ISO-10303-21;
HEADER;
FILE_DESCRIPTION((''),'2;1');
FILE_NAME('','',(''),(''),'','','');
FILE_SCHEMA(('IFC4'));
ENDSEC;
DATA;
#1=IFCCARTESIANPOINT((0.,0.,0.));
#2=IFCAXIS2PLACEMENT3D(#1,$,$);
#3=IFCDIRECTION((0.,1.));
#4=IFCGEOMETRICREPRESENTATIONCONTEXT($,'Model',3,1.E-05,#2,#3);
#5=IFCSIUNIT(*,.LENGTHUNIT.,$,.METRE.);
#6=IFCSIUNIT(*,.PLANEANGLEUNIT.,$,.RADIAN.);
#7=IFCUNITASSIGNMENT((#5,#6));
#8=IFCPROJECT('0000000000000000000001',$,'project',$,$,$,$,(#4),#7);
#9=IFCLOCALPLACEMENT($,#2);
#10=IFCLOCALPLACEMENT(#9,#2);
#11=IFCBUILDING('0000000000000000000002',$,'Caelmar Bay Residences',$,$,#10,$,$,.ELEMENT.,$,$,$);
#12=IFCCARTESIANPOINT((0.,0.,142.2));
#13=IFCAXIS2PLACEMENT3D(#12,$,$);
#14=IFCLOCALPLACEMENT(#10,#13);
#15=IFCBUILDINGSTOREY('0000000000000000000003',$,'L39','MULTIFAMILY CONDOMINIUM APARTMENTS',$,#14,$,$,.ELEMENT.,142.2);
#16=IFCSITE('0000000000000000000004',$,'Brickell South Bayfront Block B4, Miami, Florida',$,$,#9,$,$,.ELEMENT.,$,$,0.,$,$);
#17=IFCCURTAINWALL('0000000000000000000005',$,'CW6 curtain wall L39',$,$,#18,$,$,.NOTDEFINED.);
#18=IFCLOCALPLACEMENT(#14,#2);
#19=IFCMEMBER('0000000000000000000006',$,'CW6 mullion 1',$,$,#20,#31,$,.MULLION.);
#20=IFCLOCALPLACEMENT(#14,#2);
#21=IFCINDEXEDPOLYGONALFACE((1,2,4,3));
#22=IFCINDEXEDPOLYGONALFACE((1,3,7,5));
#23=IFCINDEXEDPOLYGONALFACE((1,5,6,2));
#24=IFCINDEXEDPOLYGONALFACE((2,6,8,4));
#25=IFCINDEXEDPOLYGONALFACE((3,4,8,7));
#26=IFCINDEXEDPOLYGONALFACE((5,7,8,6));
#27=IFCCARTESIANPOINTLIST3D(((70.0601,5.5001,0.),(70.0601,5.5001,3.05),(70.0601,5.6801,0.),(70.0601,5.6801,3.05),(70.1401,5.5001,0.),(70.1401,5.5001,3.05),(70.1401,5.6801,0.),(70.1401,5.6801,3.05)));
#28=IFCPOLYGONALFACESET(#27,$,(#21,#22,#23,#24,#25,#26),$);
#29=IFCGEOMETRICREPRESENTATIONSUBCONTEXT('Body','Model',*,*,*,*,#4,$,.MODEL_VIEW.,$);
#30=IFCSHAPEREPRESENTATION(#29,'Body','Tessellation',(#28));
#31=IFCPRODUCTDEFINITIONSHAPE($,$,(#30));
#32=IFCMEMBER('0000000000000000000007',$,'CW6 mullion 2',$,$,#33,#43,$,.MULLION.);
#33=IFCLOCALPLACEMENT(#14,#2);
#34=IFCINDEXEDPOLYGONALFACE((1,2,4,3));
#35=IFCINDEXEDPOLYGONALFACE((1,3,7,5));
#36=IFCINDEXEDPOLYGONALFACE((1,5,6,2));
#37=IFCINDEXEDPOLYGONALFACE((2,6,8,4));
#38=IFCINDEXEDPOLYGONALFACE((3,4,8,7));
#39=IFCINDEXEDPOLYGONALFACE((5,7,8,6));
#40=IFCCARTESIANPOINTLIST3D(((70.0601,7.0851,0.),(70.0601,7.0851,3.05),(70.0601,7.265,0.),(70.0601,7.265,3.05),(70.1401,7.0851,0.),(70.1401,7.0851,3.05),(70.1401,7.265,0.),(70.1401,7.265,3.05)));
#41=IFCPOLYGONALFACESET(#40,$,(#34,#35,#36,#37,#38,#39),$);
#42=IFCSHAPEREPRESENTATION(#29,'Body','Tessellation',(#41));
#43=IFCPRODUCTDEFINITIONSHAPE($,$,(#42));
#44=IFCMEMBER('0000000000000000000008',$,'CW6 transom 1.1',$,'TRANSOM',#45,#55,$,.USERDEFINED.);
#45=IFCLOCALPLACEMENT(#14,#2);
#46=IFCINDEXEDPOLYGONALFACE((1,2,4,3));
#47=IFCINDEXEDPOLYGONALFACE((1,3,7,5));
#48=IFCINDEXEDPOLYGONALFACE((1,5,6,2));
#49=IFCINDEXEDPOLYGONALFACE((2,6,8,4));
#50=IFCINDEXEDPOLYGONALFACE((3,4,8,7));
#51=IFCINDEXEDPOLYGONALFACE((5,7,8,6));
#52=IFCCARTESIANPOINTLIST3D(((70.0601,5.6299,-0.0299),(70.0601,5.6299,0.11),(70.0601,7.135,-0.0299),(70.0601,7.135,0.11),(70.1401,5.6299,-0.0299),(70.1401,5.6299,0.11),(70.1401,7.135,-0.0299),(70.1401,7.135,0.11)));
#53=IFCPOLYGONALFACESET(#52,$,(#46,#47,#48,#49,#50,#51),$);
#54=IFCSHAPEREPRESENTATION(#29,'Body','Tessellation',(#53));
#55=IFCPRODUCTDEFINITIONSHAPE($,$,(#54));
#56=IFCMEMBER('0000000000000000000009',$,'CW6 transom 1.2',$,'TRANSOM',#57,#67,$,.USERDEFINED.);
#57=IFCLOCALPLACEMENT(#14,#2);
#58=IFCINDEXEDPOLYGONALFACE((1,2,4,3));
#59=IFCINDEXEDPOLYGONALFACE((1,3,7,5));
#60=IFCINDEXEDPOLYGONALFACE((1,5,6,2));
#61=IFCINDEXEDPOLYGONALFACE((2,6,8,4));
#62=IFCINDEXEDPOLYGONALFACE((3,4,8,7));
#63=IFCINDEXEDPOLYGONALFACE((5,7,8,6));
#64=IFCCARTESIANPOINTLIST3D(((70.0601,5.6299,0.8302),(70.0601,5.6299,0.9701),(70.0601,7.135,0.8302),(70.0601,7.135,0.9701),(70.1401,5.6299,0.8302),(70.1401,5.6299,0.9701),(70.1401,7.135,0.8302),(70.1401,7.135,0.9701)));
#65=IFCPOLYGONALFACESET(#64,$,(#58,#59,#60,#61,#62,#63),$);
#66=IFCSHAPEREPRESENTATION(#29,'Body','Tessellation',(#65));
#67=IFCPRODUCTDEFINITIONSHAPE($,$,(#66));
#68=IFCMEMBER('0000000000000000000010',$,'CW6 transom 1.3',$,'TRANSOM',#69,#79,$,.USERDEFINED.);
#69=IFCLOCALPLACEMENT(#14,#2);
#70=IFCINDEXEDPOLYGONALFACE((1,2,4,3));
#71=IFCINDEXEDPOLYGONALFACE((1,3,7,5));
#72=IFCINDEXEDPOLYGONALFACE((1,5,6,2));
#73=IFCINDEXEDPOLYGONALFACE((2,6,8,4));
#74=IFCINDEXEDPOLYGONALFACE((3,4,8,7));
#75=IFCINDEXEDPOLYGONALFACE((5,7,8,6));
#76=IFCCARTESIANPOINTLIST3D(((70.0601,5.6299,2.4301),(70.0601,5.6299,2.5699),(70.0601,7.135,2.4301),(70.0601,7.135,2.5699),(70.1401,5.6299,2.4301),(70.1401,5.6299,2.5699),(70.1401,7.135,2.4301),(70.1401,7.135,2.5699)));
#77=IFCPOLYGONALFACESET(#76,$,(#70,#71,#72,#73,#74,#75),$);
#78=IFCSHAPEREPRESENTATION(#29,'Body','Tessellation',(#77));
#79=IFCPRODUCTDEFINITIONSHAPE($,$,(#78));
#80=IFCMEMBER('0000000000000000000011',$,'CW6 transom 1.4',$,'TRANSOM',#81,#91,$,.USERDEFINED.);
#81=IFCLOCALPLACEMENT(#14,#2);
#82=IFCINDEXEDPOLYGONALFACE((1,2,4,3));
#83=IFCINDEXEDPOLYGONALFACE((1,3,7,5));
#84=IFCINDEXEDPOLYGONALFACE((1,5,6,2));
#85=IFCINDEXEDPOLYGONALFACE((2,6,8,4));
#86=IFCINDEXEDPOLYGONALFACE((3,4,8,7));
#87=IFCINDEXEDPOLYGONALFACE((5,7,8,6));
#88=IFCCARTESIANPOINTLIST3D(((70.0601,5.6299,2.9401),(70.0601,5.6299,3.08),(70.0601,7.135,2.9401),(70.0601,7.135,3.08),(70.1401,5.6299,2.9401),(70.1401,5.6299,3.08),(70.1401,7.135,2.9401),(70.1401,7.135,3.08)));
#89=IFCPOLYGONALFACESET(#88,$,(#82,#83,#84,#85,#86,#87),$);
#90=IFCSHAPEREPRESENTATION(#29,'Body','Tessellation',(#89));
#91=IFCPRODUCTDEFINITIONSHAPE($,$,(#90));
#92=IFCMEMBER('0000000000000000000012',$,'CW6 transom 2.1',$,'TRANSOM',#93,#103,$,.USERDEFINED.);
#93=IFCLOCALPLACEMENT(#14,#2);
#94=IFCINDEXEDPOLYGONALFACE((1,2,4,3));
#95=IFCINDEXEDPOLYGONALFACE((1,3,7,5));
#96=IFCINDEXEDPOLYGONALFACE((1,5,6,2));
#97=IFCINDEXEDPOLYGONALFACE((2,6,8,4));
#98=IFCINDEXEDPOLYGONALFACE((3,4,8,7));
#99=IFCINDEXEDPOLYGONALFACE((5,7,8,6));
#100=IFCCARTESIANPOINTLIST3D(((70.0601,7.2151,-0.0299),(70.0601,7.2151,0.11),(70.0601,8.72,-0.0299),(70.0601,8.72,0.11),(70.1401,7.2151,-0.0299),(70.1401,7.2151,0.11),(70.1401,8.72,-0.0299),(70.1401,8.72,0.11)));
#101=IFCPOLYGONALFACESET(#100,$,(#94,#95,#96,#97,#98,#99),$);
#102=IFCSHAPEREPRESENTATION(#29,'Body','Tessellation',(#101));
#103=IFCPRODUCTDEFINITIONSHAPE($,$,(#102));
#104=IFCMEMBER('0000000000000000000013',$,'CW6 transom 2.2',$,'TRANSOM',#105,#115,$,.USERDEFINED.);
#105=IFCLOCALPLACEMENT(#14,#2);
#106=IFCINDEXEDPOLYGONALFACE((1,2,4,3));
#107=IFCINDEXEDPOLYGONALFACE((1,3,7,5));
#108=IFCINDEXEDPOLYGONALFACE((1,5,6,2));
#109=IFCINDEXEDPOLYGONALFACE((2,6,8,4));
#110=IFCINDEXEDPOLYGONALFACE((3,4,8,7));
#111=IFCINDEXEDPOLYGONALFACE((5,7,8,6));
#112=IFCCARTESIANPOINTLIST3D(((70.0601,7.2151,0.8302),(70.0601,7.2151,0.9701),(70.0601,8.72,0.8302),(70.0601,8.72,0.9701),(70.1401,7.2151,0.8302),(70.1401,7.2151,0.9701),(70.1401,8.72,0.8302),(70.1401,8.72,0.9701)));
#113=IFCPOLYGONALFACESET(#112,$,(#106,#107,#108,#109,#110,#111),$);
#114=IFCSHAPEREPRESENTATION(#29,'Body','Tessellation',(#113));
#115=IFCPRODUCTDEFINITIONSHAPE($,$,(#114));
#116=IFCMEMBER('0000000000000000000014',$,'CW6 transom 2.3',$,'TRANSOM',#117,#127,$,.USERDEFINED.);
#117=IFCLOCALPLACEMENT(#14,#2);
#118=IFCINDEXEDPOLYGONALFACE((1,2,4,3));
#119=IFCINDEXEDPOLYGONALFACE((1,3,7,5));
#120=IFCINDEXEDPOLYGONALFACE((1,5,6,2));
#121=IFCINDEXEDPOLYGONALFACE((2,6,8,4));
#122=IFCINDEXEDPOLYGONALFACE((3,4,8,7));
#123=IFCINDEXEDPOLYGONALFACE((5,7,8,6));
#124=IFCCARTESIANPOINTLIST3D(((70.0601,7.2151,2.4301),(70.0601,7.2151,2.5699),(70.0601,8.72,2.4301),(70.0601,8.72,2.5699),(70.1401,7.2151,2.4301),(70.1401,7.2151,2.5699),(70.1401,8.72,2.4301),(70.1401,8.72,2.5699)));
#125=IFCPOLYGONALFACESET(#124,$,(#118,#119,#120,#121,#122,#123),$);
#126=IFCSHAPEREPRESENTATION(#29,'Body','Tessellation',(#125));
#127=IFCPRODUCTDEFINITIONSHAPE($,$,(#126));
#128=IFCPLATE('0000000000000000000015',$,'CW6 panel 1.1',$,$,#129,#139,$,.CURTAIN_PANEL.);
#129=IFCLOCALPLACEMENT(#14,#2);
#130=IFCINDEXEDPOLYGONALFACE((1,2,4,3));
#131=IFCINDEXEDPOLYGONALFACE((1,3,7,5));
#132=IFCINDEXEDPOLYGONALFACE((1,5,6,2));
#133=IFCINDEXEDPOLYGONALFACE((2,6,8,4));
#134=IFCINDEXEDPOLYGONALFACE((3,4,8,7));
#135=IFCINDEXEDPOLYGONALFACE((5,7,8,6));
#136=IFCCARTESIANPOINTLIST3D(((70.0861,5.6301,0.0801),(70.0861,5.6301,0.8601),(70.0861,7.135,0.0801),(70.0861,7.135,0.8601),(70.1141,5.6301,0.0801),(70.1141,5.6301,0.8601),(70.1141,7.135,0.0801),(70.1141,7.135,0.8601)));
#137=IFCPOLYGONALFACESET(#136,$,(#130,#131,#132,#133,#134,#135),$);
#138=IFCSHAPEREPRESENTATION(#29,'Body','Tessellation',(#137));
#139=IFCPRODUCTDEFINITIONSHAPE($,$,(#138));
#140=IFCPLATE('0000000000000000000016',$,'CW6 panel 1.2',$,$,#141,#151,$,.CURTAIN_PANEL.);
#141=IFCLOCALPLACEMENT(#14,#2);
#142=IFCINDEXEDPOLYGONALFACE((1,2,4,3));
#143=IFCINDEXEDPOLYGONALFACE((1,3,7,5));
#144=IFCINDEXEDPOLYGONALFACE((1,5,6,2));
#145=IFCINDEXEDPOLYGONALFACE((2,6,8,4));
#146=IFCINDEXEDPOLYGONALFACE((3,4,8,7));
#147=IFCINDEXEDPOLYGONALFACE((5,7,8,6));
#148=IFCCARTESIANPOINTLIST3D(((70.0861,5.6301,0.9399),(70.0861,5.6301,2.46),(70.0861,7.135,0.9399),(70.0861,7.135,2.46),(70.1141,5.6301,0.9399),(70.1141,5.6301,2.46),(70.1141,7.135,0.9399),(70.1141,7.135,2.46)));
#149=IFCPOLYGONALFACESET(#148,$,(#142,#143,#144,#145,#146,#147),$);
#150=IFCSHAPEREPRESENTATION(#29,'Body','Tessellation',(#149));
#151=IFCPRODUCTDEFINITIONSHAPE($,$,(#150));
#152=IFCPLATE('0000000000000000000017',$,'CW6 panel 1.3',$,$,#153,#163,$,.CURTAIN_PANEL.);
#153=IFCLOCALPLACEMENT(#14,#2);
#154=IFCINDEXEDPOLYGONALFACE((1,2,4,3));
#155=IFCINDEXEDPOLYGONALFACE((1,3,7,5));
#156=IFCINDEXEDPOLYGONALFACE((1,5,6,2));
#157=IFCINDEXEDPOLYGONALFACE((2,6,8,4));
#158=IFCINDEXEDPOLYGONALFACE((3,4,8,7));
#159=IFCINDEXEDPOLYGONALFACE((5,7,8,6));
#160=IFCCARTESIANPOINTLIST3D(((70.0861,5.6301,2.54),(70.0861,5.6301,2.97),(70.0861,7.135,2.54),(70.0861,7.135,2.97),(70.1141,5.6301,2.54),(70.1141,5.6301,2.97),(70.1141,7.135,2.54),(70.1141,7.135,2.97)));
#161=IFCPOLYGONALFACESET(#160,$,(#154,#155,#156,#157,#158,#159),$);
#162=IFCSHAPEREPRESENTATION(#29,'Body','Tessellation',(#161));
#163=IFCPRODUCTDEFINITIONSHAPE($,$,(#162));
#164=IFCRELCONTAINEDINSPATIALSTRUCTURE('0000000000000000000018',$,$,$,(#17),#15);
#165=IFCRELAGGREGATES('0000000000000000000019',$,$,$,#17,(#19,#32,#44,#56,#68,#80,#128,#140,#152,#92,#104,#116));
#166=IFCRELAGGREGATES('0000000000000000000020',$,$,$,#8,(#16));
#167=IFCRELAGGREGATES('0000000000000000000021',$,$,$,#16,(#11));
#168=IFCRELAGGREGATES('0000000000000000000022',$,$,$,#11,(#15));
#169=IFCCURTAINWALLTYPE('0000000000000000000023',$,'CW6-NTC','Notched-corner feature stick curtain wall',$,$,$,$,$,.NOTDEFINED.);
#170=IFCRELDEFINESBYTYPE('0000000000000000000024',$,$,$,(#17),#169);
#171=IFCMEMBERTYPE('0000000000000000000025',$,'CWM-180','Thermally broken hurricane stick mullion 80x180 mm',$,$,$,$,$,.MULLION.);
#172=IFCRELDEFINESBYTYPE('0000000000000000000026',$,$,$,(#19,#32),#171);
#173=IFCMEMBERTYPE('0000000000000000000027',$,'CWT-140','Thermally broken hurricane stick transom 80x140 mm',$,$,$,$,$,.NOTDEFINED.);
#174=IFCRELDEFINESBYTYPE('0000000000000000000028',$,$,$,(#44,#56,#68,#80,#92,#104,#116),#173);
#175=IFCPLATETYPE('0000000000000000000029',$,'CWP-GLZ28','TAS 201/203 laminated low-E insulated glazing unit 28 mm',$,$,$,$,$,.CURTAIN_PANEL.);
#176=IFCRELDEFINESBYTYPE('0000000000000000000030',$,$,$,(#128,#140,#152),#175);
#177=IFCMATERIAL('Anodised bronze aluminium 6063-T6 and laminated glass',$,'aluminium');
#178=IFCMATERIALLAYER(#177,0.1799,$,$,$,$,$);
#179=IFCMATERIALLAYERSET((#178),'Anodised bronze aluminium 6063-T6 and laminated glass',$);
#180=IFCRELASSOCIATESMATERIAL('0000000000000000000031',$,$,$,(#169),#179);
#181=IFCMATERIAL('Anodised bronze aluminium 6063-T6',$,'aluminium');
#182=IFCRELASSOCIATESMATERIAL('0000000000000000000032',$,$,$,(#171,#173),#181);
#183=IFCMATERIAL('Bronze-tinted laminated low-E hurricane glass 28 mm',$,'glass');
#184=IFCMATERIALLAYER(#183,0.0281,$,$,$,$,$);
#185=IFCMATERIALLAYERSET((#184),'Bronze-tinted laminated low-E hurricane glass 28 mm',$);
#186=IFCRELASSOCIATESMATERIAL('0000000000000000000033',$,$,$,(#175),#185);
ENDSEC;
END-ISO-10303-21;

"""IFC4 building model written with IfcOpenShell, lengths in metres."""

from ifc_helpers import new_model, si_unit, direction, frame, origin, origin_2d, place, context, subcontext, project, spatial, rectangle, extrude, material, layer, layer_set, material_profile, profile_set, type_object, element, aggregate, save


model = new_model("IFC4")

# Units and contexts
model_context = context("Model", 3, precision=1e-05, world=origin(), true_north=direction((0.0, 1.0)))
body_context = subcontext(model_context, "Body", "Model", "MODEL_VIEW")
ifc_project = project(units=[si_unit("LENGTHUNIT", "METRE"), si_unit("PLANEANGLEUNIT", "RADIAN")], contexts=[model_context])

# Site, building, storey
site_placement = place(None, origin())
site = spatial("IfcSite", under=ifc_project, at=site_placement, Name="Brickell South Bayfront Block B4, Miami, Florida", CompositionType="ELEMENT", RefElevation=0.0)
building_placement = place(site_placement, origin())
building = spatial("IfcBuilding", under=site, at=building_placement, Name="Caelmar Bay Residences", CompositionType="ELEMENT")
storey_placement = place(building_placement, frame((0.0, 0.0, 142.2)))
storey = spatial("IfcBuildingStorey", under=building, at=storey_placement, Name="L39", Description="MULTIFAMILY CONDOMINIUM APARTMENTS", CompositionType="ELEMENT", Elevation=142.2)

# Curtain wall, members, plates
ifc_material_1 = material(Name="Anodised bronze aluminium 6063-T6 and laminated glass", Category="aluminium")
ifc_layer_1 = layer(ifc_material_1, 0.1799)
ifc_layer_set_1 = layer_set([ifc_layer_1], Name="Anodised bronze aluminium 6063-T6 and laminated glass")
curtain_wall_type = type_object("IfcCurtainWallType", Name="CW6-NTC", Description="Notched-corner feature stick curtain wall", PredefinedType="NOTDEFINED", material=ifc_layer_set_1)
curtain_wall_placement = place(storey_placement, origin())
curtain_wall = element("IfcCurtainWall", 1, at=curtain_wall_placement, inside=storey, type_object=curtain_wall_type, Name="CW6 curtain wall L39", PredefinedType="NOTDEFINED")
ifc_material_2 = material(Name="Anodised bronze aluminium 6063-T6", Category="aluminium")
ifc_material_profile_1 = material_profile(ifc_material_2, rectangle(XDim=0.0801, YDim=0.1799, at=origin_2d()), Name="CWM-80X180")
ifc_profile_set_1 = profile_set([ifc_material_profile_1], Name="Anodised bronze aluminium 6063-T6")
member_type_1 = type_object("IfcMemberType", Name="CWM-180", Description="Thermally broken hurricane stick mullion 80x180 mm", PredefinedType="MULLION", material=ifc_profile_set_1)
member_1_placement = place(storey_placement, frame((70.1001, 5.5901, 0.0), z_axis=(0.0, 0.0, 1.0), x_axis=(-1.0, 0.0, 0.0)))
member_1 = element("IfcMember", 2, at=member_1_placement, type_object=member_type_1, Name="CW6 mullion 1", PredefinedType="MULLION", context=body_context, shape_type="SweptSolid", body=[
    extrude(rectangle(XDim=0.0801, YDim=0.1799, at=origin_2d()), origin(), (0.0, 0.0, 1.0), 3.05),
])
member_2_placement = place(storey_placement, frame((70.1001, 7.175, 0.0), z_axis=(0.0, 0.0, 1.0), x_axis=(-1.0, 0.0, 0.0)))
member_2 = element("IfcMember", 3, at=member_2_placement, type_object=member_type_1, Name="CW6 mullion 2", PredefinedType="MULLION", context=body_context, shape_type="SweptSolid", body=[
    extrude(rectangle(XDim=0.0801, YDim=0.1799, at=origin_2d()), origin(), (0.0, 0.0, 1.0), 3.05),
])
ifc_material_profile_2 = material_profile(ifc_material_2, rectangle(XDim=0.0801, YDim=0.1399, at=origin_2d()), Name="CWT-80X140")
ifc_profile_set_2 = profile_set([ifc_material_profile_2], Name="Anodised bronze aluminium 6063-T6")
member_type_2 = type_object("IfcMemberType", Name="CWT-140", Description="Thermally broken hurricane stick transom 80x140 mm", PredefinedType="NOTDEFINED", material=ifc_profile_set_2)
member_3_placement = place(storey_placement, frame((70.1001, 5.6299, 0.04), z_axis=(0.0, 1.0, 0.0), x_axis=(-1.0, 0.0, 0.0)))
member_3 = element("IfcMember", 4, at=member_3_placement, type_object=member_type_2, Name="CW6 transom 1.1", ObjectType="TRANSOM", PredefinedType="USERDEFINED", context=body_context, shape_type="SweptSolid", body=[
    extrude(rectangle(XDim=0.0801, YDim=0.1399, at=origin_2d()), origin(), (0.0, 0.0, 1.0), 1.5051),
])
member_4_placement = place(storey_placement, frame((70.1001, 5.6299, 0.9001), z_axis=(0.0, 1.0, 0.0), x_axis=(-1.0, 0.0, 0.0)))
member_4 = element("IfcMember", 5, at=member_4_placement, type_object=member_type_2, Name="CW6 transom 1.2", ObjectType="TRANSOM", PredefinedType="USERDEFINED", context=body_context, shape_type="SweptSolid", body=[
    extrude(rectangle(XDim=0.0801, YDim=0.1399, at=origin_2d()), origin(), (0.0, 0.0, 1.0), 1.5051),
])
member_5_placement = place(storey_placement, frame((70.1001, 5.6299, 2.5), z_axis=(0.0, 1.0, 0.0), x_axis=(-1.0, 0.0, 0.0)))
member_5 = element("IfcMember", 6, at=member_5_placement, type_object=member_type_2, Name="CW6 transom 1.3", ObjectType="TRANSOM", PredefinedType="USERDEFINED", context=body_context, shape_type="SweptSolid", body=[
    extrude(rectangle(XDim=0.0801, YDim=0.1399, at=origin_2d()), origin(), (0.0, 0.0, 1.0), 1.5051),
])
member_6_placement = place(storey_placement, frame((70.1001, 5.6299, 3.01), z_axis=(0.0, 1.0, 0.0), x_axis=(-1.0, 0.0, 0.0)))
member_6 = element("IfcMember", 7, at=member_6_placement, type_object=member_type_2, Name="CW6 transom 1.4", ObjectType="TRANSOM", PredefinedType="USERDEFINED", context=body_context, shape_type="SweptSolid", body=[
    extrude(rectangle(XDim=0.0801, YDim=0.1399, at=origin_2d()), origin(), (0.0, 0.0, 1.0), 1.5051),
])
member_7_placement = place(storey_placement, frame((70.1001, 7.2151, 0.04), z_axis=(0.0, 1.0, 0.0), x_axis=(-1.0, 0.0, 0.0)))
member_7 = element("IfcMember", 8, at=member_7_placement, type_object=member_type_2, Name="CW6 transom 2.1", ObjectType="TRANSOM", PredefinedType="USERDEFINED", context=body_context, shape_type="SweptSolid", body=[
    extrude(rectangle(XDim=0.0801, YDim=0.1399, at=origin_2d()), origin(), (0.0, 0.0, 1.0), 1.5049),
])
member_8_placement = place(storey_placement, frame((70.1001, 7.2151, 0.9001), z_axis=(0.0, 1.0, 0.0), x_axis=(-1.0, 0.0, 0.0)))
member_8 = element("IfcMember", 9, at=member_8_placement, type_object=member_type_2, Name="CW6 transom 2.2", ObjectType="TRANSOM", PredefinedType="USERDEFINED", context=body_context, shape_type="SweptSolid", body=[
    extrude(rectangle(XDim=0.0801, YDim=0.1399, at=origin_2d()), origin(), (0.0, 0.0, 1.0), 1.5049),
])
member_9_placement = place(storey_placement, frame((70.1001, 7.2151, 2.5), z_axis=(0.0, 1.0, 0.0), x_axis=(-1.0, 0.0, 0.0)))
member_9 = element("IfcMember", 10, at=member_9_placement, type_object=member_type_2, Name="CW6 transom 2.3", ObjectType="TRANSOM", PredefinedType="USERDEFINED", context=body_context, shape_type="SweptSolid", body=[
    extrude(rectangle(XDim=0.0801, YDim=0.1399, at=origin_2d()), origin(), (0.0, 0.0, 1.0), 1.5049),
])
ifc_material_3 = material(Name="Bronze-tinted laminated low-E hurricane glass 28 mm", Category="glass")
ifc_layer_2 = layer(ifc_material_3, 0.0281)
ifc_layer_set_2 = layer_set([ifc_layer_2], Name="Bronze-tinted laminated low-E hurricane glass 28 mm")
plate_type = type_object("IfcPlateType", Name="CWP-GLZ28", Description="TAS 201/203 laminated low-E insulated glazing unit 28 mm", PredefinedType="CURTAIN_PANEL", material=ifc_layer_set_2)
plate_1_placement = place(storey_placement, frame((70.1001, 6.3826, 0.0801), z_axis=(0.0, 0.0, 1.0), x_axis=(0.0, 1.0, 0.0)))
plate_1 = element("IfcPlate", 11, at=plate_1_placement, type_object=plate_type, Name="CW6 panel 1.1", PredefinedType="CURTAIN_PANEL", context=body_context, shape_type="SweptSolid", body=[
    extrude(rectangle(XDim=1.5049, YDim=0.0281, at=origin_2d()), origin(), (0.0, 0.0, 1.0), 0.78),
])
plate_2_placement = place(storey_placement, frame((70.1001, 6.3826, 0.9399), z_axis=(0.0, 0.0, 1.0), x_axis=(0.0, 1.0, 0.0)))
plate_2 = element("IfcPlate", 12, at=plate_2_placement, type_object=plate_type, Name="CW6 panel 1.2", PredefinedType="CURTAIN_PANEL", context=body_context, shape_type="SweptSolid", body=[
    extrude(rectangle(XDim=1.5049, YDim=0.0281, at=origin_2d()), origin(), (0.0, 0.0, 1.0), 1.52),
])
plate_3_placement = place(storey_placement, frame((70.1001, 6.3826, 2.54), z_axis=(0.0, 0.0, 1.0), x_axis=(0.0, 1.0, 0.0)))
plate_3 = element("IfcPlate", 13, at=plate_3_placement, type_object=plate_type, Name="CW6 panel 1.3", PredefinedType="CURTAIN_PANEL", context=body_context, shape_type="SweptSolid", body=[
    extrude(rectangle(XDim=1.5049, YDim=0.0281, at=origin_2d()), origin(), (0.0, 0.0, 1.0), 0.4299),
])
aggregate(curtain_wall, [member_1, member_2, member_3, member_4, member_5, member_6, plate_1, plate_2, plate_3, member_7, member_8, member_9])

save(model, "model.ifc")
